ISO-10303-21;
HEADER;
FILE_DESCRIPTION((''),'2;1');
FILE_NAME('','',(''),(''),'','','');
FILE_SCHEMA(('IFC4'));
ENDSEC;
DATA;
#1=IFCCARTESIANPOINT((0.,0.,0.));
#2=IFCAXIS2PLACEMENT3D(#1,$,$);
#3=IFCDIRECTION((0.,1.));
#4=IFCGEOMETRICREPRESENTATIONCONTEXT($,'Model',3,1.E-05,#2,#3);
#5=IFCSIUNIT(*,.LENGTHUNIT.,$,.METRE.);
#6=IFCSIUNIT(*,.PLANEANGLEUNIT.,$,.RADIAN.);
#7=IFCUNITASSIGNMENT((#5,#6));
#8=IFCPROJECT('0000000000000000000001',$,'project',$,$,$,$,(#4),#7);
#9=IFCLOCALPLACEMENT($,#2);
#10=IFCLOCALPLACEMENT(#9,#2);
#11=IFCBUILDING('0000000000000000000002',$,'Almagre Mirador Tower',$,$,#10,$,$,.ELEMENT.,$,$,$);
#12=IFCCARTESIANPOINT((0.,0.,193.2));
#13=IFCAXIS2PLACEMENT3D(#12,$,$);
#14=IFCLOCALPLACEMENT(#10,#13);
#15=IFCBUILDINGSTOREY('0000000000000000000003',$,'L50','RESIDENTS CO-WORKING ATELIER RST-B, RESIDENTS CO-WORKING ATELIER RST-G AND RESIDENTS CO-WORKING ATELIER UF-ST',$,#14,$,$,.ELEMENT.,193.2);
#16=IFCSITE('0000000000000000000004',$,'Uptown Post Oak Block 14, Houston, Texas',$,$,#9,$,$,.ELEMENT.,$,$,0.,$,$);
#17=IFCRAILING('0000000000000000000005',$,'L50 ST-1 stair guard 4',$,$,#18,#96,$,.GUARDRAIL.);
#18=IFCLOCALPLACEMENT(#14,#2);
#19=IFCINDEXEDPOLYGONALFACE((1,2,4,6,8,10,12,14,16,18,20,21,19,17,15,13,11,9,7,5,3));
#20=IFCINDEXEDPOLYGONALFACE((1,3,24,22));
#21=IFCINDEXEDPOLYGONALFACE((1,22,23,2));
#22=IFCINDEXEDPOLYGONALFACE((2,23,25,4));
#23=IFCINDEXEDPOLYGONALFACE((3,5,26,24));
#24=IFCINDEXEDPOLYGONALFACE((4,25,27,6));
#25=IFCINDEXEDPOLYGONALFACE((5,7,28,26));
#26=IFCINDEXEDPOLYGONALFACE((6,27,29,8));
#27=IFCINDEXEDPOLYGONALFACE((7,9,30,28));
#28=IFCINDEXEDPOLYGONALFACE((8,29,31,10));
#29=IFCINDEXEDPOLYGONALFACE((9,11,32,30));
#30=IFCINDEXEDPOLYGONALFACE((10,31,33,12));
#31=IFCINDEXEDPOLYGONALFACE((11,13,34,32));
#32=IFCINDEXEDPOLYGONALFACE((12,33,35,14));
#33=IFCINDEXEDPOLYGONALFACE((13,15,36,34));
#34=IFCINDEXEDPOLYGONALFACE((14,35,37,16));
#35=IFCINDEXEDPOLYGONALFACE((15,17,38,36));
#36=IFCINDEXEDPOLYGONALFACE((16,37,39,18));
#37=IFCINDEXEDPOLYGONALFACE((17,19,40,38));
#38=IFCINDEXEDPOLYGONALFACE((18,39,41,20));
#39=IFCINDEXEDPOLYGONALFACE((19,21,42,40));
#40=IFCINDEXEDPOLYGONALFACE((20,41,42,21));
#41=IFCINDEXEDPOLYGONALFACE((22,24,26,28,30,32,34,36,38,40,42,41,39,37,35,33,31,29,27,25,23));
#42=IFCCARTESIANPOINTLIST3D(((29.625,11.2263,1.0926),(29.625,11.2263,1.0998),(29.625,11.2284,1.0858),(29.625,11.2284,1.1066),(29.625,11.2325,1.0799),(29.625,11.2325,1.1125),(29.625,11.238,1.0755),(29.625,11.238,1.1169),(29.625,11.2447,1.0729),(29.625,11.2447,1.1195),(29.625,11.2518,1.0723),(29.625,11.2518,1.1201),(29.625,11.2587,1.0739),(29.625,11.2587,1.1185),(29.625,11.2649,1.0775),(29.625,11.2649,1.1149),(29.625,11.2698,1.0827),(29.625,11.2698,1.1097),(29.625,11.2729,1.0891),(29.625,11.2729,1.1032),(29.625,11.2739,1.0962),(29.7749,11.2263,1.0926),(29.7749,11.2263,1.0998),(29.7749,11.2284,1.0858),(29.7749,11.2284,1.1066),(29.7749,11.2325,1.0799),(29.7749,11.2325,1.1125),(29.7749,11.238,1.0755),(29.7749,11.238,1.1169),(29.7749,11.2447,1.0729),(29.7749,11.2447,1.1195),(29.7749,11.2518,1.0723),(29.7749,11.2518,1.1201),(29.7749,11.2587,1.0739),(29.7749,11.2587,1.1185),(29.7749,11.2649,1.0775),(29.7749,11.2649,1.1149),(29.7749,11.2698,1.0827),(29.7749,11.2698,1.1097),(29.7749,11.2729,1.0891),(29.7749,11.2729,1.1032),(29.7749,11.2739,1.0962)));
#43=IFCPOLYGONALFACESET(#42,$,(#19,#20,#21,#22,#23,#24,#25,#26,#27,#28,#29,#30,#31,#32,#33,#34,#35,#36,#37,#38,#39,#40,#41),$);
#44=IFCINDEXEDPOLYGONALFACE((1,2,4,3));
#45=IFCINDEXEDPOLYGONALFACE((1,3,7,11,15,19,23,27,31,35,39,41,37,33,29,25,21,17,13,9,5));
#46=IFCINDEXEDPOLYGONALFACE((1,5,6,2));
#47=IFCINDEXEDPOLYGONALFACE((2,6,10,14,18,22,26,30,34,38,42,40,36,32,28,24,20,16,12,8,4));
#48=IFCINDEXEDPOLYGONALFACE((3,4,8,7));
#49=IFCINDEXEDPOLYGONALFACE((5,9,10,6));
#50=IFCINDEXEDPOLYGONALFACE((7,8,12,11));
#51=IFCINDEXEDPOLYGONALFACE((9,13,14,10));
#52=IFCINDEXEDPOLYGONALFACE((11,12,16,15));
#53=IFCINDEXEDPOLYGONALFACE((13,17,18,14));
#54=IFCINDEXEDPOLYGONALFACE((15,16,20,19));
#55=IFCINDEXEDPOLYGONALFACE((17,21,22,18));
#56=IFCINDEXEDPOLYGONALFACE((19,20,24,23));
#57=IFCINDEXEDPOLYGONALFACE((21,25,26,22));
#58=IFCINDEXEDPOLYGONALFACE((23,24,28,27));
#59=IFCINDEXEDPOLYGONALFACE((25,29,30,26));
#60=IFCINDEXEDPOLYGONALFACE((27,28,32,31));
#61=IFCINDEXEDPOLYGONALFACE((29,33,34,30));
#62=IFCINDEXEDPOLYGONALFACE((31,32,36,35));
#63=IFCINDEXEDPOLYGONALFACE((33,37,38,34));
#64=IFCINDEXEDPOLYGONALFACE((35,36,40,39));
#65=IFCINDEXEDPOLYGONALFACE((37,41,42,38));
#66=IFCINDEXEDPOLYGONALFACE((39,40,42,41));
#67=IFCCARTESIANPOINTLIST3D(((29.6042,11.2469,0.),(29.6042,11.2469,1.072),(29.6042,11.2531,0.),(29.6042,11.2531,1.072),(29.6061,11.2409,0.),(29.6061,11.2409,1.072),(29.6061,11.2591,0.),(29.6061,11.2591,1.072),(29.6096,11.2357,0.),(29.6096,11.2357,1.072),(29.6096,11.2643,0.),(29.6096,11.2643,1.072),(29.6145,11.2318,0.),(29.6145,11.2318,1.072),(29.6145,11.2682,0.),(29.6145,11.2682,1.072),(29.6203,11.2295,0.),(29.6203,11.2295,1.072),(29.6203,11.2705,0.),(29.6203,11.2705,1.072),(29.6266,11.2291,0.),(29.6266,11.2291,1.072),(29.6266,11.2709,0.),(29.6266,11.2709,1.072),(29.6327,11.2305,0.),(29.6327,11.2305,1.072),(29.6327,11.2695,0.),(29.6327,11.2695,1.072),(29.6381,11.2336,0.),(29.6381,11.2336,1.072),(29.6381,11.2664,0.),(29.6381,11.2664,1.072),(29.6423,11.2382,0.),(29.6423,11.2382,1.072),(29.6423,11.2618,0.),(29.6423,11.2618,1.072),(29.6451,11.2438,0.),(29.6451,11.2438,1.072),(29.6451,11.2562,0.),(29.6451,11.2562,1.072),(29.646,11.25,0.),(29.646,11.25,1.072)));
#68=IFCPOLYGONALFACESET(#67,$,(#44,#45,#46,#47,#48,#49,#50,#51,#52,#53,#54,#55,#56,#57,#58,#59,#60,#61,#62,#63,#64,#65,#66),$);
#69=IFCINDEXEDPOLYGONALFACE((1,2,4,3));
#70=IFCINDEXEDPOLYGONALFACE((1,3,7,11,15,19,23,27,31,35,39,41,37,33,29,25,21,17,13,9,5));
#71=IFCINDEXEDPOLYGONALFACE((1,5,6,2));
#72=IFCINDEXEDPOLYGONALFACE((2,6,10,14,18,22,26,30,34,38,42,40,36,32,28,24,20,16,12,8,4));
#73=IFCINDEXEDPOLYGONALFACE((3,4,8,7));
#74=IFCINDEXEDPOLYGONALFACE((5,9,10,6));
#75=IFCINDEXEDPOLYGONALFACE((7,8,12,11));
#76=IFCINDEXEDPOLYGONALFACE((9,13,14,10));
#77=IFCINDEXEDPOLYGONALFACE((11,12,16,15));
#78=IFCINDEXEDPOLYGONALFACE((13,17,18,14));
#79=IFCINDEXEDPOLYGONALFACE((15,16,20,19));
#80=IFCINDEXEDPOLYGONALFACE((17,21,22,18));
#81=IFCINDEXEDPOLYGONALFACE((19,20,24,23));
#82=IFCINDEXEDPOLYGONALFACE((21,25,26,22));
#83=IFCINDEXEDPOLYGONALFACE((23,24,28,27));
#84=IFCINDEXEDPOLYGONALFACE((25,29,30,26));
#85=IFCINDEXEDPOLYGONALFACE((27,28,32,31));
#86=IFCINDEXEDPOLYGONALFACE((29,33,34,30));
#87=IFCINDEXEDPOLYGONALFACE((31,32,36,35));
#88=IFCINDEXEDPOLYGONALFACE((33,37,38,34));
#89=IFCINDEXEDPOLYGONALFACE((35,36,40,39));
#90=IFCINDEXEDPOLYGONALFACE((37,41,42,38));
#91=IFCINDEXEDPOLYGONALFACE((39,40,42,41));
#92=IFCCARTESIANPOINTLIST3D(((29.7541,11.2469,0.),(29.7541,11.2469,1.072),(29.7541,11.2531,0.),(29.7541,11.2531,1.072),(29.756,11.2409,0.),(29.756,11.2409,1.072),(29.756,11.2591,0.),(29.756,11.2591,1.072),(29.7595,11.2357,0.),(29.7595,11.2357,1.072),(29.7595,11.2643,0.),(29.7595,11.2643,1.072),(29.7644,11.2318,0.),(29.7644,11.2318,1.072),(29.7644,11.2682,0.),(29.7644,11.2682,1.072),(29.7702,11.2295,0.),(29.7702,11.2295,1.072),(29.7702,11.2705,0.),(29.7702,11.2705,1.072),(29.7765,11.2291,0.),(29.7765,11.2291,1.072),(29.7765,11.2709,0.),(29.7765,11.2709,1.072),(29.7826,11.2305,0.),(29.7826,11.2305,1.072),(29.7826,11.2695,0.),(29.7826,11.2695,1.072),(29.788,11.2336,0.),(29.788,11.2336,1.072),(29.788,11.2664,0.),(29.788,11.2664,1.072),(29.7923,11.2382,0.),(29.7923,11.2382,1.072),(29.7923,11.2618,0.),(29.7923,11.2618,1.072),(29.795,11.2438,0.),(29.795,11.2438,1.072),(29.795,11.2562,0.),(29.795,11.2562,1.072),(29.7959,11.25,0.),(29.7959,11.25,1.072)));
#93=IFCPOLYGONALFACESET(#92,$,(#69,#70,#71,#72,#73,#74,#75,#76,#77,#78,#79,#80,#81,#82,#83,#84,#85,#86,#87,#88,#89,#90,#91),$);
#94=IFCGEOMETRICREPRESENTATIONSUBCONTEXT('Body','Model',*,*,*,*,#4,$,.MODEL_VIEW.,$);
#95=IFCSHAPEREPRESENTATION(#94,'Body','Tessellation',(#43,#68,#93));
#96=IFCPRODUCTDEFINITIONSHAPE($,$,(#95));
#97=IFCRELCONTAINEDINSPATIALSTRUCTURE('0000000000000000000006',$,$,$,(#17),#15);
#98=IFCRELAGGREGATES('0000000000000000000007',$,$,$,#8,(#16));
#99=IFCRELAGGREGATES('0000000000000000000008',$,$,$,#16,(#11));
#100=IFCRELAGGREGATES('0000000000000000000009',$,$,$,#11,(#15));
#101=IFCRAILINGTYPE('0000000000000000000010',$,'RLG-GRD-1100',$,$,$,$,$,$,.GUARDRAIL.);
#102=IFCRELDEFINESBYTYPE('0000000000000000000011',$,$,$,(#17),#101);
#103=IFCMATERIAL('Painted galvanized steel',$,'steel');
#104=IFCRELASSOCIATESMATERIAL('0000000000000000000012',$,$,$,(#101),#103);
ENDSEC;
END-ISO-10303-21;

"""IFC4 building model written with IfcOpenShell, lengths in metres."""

from ifc_helpers import new_model, si_unit, direction, frame, origin, origin_2d, place, context, subcontext, project, spatial, circle, extrude, material, type_object, element, save


model = new_model("IFC4")

# Units and contexts
model_context = context("Model", 3, precision=1e-05, world=origin(), true_north=direction((0.0, 1.0)))
body_context = subcontext(model_context, "Body", "Model", "MODEL_VIEW")
ifc_project = project(units=[si_unit("LENGTHUNIT", "METRE"), si_unit("PLANEANGLEUNIT", "RADIAN")], contexts=[model_context])

# Site, building, storey
site_placement = place(None, origin())
site = spatial("IfcSite", under=ifc_project, at=site_placement, Name="Uptown Post Oak Block 14, Houston, Texas", CompositionType="ELEMENT", RefElevation=0.0)
building_placement = place(site_placement, origin())
building = spatial("IfcBuilding", under=site, at=building_placement, Name="Almagre Mirador Tower", CompositionType="ELEMENT")
storey_placement = place(building_placement, frame((0.0, 0.0, 193.2)))
storey = spatial("IfcBuildingStorey", under=building, at=storey_placement, Name="L50", Description="RESIDENTS CO-WORKING ATELIER RST-B, RESIDENTS CO-WORKING ATELIER RST-G AND RESIDENTS CO-WORKING ATELIER UF-ST", CompositionType="ELEMENT", Elevation=193.2)

# Railing
ifc_material_1 = material(Name="Painted galvanized steel", Category="steel")
railing_type_1 = type_object("IfcRailingType", Name="RLG-GRD-1100", PredefinedType="GUARDRAIL", material=ifc_material_1)
railing_1_placement = place(storey_placement, frame((29.625, 11.25, 0.0)))
element("IfcRailing", 1, at=railing_1_placement, inside=storey, type_object=railing_type_1, Name="L50 ST-1 stair guard 4", PredefinedType="GUARDRAIL", context=body_context, shape_type="SweptSolid", body=[
    extrude(circle(Radius=0.0239, at=origin_2d()), frame((0.0, 0.0, 1.0962), z_axis=(1.0, 0.0, 0.0), x_axis=(0.0, 1.0, 0.0)), (0.0, 0.0, 1.0), 0.1499),
    extrude(circle(Radius=0.021, at=origin_2d()), origin(), (0.0, 0.0, 1.0), 1.072),
    extrude(circle(Radius=0.021, at=origin_2d()), frame((0.1499, 0.0, 0.0)), (0.0, 0.0, 1.0), 1.072),
])

save(model, "model.ifc")
